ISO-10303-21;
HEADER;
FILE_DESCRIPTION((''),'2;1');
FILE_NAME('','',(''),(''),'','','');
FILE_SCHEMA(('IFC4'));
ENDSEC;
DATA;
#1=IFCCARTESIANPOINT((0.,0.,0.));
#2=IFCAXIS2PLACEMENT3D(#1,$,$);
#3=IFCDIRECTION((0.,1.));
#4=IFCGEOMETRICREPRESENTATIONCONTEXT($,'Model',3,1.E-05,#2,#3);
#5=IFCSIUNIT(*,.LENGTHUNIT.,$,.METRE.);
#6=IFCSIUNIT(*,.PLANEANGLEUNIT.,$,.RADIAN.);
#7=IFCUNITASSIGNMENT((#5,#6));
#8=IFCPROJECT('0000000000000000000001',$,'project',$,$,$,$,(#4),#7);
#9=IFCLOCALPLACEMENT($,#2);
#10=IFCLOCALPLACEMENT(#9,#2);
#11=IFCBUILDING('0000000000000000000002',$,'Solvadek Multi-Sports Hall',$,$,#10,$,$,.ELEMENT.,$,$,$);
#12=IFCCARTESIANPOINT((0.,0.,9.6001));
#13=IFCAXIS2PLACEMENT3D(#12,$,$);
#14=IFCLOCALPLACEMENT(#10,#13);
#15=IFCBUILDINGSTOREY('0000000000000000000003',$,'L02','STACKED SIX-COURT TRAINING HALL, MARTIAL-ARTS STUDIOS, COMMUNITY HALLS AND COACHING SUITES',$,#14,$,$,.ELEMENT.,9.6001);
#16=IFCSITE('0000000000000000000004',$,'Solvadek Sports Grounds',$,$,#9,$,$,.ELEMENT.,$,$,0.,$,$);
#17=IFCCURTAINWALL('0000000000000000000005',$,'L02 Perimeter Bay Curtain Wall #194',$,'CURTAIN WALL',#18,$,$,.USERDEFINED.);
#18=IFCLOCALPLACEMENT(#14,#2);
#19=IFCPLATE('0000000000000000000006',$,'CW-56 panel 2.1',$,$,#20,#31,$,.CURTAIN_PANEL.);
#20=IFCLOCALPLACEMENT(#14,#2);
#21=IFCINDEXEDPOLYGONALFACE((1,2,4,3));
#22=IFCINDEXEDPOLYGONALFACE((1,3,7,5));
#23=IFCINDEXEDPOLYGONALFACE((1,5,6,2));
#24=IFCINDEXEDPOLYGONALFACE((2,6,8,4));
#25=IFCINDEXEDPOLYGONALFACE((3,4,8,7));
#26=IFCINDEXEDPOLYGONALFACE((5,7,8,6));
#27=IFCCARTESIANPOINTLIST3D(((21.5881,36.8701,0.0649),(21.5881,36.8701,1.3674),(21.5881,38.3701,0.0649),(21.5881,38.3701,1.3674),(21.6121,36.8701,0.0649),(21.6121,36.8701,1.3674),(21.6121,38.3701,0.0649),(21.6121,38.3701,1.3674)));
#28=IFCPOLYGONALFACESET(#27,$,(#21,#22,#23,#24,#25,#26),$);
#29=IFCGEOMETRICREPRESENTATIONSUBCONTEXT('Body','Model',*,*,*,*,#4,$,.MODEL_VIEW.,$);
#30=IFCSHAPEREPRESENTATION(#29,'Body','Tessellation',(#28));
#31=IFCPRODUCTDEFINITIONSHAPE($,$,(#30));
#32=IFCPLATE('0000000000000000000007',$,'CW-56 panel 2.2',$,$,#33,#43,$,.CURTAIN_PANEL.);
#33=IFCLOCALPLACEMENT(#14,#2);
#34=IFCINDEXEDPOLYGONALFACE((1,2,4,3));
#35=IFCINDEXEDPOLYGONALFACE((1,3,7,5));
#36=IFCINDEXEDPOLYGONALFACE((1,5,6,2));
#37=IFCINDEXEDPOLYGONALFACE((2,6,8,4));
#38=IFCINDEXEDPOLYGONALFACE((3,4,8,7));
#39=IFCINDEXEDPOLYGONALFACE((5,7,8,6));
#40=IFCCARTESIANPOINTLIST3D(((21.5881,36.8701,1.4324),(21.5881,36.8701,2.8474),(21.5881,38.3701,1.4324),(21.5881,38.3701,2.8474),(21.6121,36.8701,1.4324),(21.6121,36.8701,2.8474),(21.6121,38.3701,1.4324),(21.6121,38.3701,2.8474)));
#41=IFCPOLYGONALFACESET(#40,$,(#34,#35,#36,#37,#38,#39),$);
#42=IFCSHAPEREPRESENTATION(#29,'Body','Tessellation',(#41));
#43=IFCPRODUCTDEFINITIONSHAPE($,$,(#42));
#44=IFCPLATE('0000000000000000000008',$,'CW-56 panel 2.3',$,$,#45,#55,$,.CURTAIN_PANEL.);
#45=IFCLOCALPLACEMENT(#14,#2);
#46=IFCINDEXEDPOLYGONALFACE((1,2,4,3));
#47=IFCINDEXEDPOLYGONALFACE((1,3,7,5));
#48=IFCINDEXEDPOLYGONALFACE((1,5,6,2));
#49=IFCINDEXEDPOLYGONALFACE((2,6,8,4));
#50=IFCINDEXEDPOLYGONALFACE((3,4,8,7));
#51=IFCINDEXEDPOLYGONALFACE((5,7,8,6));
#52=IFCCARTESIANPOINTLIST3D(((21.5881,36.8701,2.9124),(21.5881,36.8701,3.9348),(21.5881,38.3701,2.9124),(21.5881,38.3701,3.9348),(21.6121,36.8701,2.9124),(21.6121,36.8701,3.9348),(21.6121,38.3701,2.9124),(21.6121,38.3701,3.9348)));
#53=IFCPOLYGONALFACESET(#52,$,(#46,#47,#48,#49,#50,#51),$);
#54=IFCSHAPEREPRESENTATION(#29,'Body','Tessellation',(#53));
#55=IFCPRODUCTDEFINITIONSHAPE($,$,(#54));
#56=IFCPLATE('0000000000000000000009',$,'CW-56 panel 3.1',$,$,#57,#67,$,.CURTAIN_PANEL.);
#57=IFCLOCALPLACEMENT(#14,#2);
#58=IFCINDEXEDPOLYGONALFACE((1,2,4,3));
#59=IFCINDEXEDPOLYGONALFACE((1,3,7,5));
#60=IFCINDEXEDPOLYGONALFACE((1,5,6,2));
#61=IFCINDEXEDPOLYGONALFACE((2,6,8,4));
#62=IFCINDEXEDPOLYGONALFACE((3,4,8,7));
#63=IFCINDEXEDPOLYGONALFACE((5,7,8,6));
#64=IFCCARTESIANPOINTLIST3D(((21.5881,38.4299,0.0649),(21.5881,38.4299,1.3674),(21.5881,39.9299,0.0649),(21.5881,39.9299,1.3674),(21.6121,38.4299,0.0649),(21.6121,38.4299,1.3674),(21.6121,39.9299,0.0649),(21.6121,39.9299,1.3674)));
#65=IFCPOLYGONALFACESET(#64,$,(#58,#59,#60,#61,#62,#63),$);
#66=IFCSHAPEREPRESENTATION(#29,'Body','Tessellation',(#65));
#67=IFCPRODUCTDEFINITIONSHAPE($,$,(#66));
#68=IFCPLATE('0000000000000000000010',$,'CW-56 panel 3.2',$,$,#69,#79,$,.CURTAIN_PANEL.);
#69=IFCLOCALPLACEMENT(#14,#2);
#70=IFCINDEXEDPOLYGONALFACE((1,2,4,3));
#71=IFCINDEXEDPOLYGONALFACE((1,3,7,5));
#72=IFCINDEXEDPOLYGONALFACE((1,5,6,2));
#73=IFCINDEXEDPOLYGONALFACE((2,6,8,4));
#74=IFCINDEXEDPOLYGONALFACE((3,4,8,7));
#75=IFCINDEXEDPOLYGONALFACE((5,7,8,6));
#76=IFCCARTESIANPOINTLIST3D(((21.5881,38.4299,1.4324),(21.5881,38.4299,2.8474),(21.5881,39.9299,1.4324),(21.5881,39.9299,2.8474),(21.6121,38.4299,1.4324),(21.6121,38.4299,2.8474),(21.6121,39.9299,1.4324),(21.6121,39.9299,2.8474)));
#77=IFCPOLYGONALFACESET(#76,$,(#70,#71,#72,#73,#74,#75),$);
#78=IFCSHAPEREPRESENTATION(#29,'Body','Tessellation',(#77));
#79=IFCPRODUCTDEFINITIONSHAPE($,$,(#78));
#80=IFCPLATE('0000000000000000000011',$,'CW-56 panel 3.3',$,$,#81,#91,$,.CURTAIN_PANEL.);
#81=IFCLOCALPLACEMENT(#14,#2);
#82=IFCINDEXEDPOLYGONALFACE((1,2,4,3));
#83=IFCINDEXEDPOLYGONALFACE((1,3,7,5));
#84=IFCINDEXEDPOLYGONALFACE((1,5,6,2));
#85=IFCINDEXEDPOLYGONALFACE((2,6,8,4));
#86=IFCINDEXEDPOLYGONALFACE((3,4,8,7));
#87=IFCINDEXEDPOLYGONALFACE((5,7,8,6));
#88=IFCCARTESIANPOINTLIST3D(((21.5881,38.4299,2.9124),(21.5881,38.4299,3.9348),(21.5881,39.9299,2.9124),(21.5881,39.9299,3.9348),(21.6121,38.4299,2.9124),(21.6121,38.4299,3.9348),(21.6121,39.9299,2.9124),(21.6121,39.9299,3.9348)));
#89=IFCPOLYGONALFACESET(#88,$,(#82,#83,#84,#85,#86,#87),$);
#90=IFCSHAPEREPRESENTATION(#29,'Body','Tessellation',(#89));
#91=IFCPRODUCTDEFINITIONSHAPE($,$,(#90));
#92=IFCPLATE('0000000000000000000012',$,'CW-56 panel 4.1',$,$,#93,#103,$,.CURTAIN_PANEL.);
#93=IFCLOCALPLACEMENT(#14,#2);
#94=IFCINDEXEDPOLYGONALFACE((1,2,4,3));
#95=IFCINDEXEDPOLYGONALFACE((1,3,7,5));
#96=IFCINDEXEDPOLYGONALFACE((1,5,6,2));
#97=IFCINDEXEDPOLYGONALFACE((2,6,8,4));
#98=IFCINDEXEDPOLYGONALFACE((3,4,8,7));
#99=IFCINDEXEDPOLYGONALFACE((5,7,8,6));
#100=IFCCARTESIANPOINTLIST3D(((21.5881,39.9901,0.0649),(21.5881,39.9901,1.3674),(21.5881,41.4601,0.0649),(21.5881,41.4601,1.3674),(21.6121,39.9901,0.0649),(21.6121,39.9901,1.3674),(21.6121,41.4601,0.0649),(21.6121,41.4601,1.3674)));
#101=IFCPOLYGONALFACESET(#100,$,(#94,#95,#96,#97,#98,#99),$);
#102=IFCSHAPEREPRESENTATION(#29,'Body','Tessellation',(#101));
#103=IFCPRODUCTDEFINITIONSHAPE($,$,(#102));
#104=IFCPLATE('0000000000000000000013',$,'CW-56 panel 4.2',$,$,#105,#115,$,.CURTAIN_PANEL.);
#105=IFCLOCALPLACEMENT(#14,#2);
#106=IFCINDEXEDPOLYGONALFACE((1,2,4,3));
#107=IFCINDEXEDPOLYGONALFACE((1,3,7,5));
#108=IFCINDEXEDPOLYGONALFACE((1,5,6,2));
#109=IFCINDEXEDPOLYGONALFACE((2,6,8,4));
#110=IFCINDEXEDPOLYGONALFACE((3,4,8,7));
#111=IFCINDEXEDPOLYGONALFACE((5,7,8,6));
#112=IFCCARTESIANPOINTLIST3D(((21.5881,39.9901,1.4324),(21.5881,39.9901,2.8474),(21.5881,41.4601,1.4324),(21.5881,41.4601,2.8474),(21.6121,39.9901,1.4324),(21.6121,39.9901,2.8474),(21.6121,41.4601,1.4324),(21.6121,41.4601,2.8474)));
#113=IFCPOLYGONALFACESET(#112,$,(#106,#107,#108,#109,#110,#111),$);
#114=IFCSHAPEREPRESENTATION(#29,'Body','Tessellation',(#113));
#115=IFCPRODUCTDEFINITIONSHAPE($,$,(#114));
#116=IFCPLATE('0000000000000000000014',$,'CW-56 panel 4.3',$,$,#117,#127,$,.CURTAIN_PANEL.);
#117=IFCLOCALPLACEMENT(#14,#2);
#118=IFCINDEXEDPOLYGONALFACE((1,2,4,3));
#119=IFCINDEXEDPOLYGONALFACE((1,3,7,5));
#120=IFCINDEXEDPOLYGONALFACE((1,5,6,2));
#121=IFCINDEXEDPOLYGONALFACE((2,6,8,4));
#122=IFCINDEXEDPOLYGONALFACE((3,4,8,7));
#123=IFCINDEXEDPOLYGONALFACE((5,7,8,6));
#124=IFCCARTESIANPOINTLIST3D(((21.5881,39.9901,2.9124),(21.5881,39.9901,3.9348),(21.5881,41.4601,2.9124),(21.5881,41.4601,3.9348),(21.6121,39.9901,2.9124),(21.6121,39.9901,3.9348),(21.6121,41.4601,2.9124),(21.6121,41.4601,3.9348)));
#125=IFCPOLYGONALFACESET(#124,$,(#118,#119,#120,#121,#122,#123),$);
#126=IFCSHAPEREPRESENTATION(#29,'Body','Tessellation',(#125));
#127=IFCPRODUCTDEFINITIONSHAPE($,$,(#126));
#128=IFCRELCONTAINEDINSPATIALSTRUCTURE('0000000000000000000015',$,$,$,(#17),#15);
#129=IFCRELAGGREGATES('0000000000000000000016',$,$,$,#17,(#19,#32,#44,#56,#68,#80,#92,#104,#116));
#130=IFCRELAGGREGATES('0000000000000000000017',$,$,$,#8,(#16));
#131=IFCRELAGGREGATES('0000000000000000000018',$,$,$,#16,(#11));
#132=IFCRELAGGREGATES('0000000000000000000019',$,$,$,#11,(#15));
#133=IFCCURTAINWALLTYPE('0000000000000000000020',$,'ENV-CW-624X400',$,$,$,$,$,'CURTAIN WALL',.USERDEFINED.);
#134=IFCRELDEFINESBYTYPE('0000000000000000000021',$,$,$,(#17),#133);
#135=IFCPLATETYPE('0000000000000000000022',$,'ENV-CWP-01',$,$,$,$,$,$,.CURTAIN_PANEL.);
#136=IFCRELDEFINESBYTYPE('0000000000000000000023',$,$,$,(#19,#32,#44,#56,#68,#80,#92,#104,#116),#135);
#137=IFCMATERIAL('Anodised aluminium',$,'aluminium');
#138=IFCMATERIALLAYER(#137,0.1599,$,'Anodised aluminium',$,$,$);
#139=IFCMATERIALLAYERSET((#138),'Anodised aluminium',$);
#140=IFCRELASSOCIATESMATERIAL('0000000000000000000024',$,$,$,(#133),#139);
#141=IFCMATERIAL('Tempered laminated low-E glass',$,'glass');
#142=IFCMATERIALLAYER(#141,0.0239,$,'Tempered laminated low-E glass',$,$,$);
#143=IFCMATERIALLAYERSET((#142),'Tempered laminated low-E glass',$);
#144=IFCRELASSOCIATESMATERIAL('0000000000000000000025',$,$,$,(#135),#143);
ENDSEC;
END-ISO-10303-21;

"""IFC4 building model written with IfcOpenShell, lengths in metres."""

from ifc_helpers import new_model, si_unit, direction, frame, origin, origin_2d, place, context, subcontext, project, spatial, rectangle, extrude, material, layer, layer_set, type_object, element, aggregate, save


model = new_model("IFC4")

# Units and contexts
model_context = context("Model", 3, precision=1e-05, world=origin(), true_north=direction((0.0, 1.0)))
body_context = subcontext(model_context, "Body", "Model", "MODEL_VIEW")
ifc_project = project(units=[si_unit("LENGTHUNIT", "METRE"), si_unit("PLANEANGLEUNIT", "RADIAN")], contexts=[model_context])

# Site, building, storey
site_placement = place(None, origin())
site = spatial("IfcSite", under=ifc_project, at=site_placement, Name="Solvadek Sports Grounds", CompositionType="ELEMENT", RefElevation=0.0)
building_placement = place(site_placement, origin())
building = spatial("IfcBuilding", under=site, at=building_placement, Name="Solvadek Multi-Sports Hall", CompositionType="ELEMENT")
storey_placement = place(building_placement, frame((0.0, 0.0, 9.6001)))
storey = spatial("IfcBuildingStorey", under=building, at=storey_placement, Name="L02", Description="STACKED SIX-COURT TRAINING HALL, MARTIAL-ARTS STUDIOS, COMMUNITY HALLS AND COACHING SUITES", CompositionType="ELEMENT", Elevation=9.6001)

# Curtain wall
ifc_material_1 = material(Name="Anodised aluminium", Category="aluminium")
ifc_layer_1 = layer(ifc_material_1, 0.1599, Name="Anodised aluminium")
ifc_layer_set_1 = layer_set([ifc_layer_1], Name="Anodised aluminium")
curtain_wall_type_1 = type_object("IfcCurtainWallType", Name="ENV-CW-624X400", ElementType="CURTAIN WALL", PredefinedType="USERDEFINED", material=ifc_layer_set_1)
curtain_wall_1_placement = place(storey_placement, origin())
curtain_wall_1 = element("IfcCurtainWall", 1, at=curtain_wall_1_placement, inside=storey, type_object=curtain_wall_type_1, Name="L02 Perimeter Bay Curtain Wall #194", ObjectType="CURTAIN WALL", PredefinedType="USERDEFINED")

# Plates
ifc_material_2 = material(Name="Tempered laminated low-E glass", Category="glass")
ifc_layer_2 = layer(ifc_material_2, 0.0239, Name="Tempered laminated low-E glass")
ifc_layer_set_2 = layer_set([ifc_layer_2], Name="Tempered laminated low-E glass")
plate_type = type_object("IfcPlateType", Name="ENV-CWP-01", PredefinedType="CURTAIN_PANEL", material=ifc_layer_set_2)
plate_1_placement = place(storey_placement, frame((21.6001, 37.6201, 0.0649), z_axis=(0.0, 0.0, 1.0), x_axis=(0.0, 1.0, 0.0)))
plate_1 = element("IfcPlate", 2, at=plate_1_placement, type_object=plate_type, Name="CW-56 panel 2.1", PredefinedType="CURTAIN_PANEL", context=body_context, shape_type="SweptSolid", body=[
    extrude(rectangle(XDim=1.5, YDim=0.0239, at=origin_2d()), origin(), (0.0, 0.0, 1.0), 1.3025),
])
plate_2_placement = place(storey_placement, frame((21.6001, 37.6201, 1.4324), z_axis=(0.0, 0.0, 1.0), x_axis=(0.0, 1.0, 0.0)))
plate_2 = element("IfcPlate", 3, at=plate_2_placement, type_object=plate_type, Name="CW-56 panel 2.2", PredefinedType="CURTAIN_PANEL", context=body_context, shape_type="SweptSolid", body=[
    extrude(rectangle(XDim=1.5, YDim=0.0239, at=origin_2d()), origin(), (0.0, 0.0, 1.0), 1.415),
])
plate_3_placement = place(storey_placement, frame((21.6001, 37.6201, 2.9124), z_axis=(0.0, 0.0, 1.0), x_axis=(0.0, 1.0, 0.0)))
plate_3 = element("IfcPlate", 4, at=plate_3_placement, type_object=plate_type, Name="CW-56 panel 2.3", PredefinedType="CURTAIN_PANEL", context=body_context, shape_type="SweptSolid", body=[
    extrude(rectangle(XDim=1.5, YDim=0.0239, at=origin_2d()), origin(), (0.0, 0.0, 1.0), 1.0225),
])
plate_4_placement = place(storey_placement, frame((21.6001, 39.1799, 0.0649), z_axis=(0.0, 0.0, 1.0), x_axis=(0.0, 1.0, 0.0)))
plate_4 = element("IfcPlate", 5, at=plate_4_placement, type_object=plate_type, Name="CW-56 panel 3.1", PredefinedType="CURTAIN_PANEL", context=body_context, shape_type="SweptSolid", body=[
    extrude(rectangle(XDim=1.5, YDim=0.0239, at=origin_2d()), origin(), (0.0, 0.0, 1.0), 1.3025),
])
plate_5_placement = place(storey_placement, frame((21.6001, 39.1799, 1.4324), z_axis=(0.0, 0.0, 1.0), x_axis=(0.0, 1.0, 0.0)))
plate_5 = element("IfcPlate", 6, at=plate_5_placement, type_object=plate_type, Name="CW-56 panel 3.2", PredefinedType="CURTAIN_PANEL", context=body_context, shape_type="SweptSolid", body=[
    extrude(rectangle(XDim=1.5, YDim=0.0239, at=origin_2d()), origin(), (0.0, 0.0, 1.0), 1.415),
])
plate_6_placement = place(storey_placement, frame((21.6001, 39.1799, 2.9124), z_axis=(0.0, 0.0, 1.0), x_axis=(0.0, 1.0, 0.0)))
plate_6 = element("IfcPlate", 7, at=plate_6_placement, type_object=plate_type, Name="CW-56 panel 3.3", PredefinedType="CURTAIN_PANEL", context=body_context, shape_type="SweptSolid", body=[
    extrude(rectangle(XDim=1.5, YDim=0.0239, at=origin_2d()), origin(), (0.0, 0.0, 1.0), 1.0225),
])
plate_7_placement = place(storey_placement, frame((21.6001, 40.7251, 0.0649), z_axis=(0.0, 0.0, 1.0), x_axis=(0.0, 1.0, 0.0)))
plate_7 = element("IfcPlate", 8, at=plate_7_placement, type_object=plate_type, Name="CW-56 panel 4.1", PredefinedType="CURTAIN_PANEL", context=body_context, shape_type="SweptSolid", body=[
    extrude(rectangle(XDim=1.47, YDim=0.0239, at=origin_2d()), origin(), (0.0, 0.0, 1.0), 1.3025),
])
plate_8_placement = place(storey_placement, frame((21.6001, 40.7251, 1.4324), z_axis=(0.0, 0.0, 1.0), x_axis=(0.0, 1.0, 0.0)))
plate_8 = element("IfcPlate", 9, at=plate_8_placement, type_object=plate_type, Name="CW-56 panel 4.2", PredefinedType="CURTAIN_PANEL", context=body_context, shape_type="SweptSolid", body=[
    extrude(rectangle(XDim=1.47, YDim=0.0239, at=origin_2d()), origin(), (0.0, 0.0, 1.0), 1.415),
])
plate_9_placement = place(storey_placement, frame((21.6001, 40.7251, 2.9124), z_axis=(0.0, 0.0, 1.0), x_axis=(0.0, 1.0, 0.0)))
plate_9 = element("IfcPlate", 10, at=plate_9_placement, type_object=plate_type, Name="CW-56 panel 4.3", PredefinedType="CURTAIN_PANEL", context=body_context, shape_type="SweptSolid", body=[
    extrude(rectangle(XDim=1.47, YDim=0.0239, at=origin_2d()), origin(), (0.0, 0.0, 1.0), 1.0225),
])
aggregate(curtain_wall_1, [plate_1, plate_2, plate_3, plate_4, plate_5, plate_6, plate_7, plate_8, plate_9])

save(model, "model.ifc")
